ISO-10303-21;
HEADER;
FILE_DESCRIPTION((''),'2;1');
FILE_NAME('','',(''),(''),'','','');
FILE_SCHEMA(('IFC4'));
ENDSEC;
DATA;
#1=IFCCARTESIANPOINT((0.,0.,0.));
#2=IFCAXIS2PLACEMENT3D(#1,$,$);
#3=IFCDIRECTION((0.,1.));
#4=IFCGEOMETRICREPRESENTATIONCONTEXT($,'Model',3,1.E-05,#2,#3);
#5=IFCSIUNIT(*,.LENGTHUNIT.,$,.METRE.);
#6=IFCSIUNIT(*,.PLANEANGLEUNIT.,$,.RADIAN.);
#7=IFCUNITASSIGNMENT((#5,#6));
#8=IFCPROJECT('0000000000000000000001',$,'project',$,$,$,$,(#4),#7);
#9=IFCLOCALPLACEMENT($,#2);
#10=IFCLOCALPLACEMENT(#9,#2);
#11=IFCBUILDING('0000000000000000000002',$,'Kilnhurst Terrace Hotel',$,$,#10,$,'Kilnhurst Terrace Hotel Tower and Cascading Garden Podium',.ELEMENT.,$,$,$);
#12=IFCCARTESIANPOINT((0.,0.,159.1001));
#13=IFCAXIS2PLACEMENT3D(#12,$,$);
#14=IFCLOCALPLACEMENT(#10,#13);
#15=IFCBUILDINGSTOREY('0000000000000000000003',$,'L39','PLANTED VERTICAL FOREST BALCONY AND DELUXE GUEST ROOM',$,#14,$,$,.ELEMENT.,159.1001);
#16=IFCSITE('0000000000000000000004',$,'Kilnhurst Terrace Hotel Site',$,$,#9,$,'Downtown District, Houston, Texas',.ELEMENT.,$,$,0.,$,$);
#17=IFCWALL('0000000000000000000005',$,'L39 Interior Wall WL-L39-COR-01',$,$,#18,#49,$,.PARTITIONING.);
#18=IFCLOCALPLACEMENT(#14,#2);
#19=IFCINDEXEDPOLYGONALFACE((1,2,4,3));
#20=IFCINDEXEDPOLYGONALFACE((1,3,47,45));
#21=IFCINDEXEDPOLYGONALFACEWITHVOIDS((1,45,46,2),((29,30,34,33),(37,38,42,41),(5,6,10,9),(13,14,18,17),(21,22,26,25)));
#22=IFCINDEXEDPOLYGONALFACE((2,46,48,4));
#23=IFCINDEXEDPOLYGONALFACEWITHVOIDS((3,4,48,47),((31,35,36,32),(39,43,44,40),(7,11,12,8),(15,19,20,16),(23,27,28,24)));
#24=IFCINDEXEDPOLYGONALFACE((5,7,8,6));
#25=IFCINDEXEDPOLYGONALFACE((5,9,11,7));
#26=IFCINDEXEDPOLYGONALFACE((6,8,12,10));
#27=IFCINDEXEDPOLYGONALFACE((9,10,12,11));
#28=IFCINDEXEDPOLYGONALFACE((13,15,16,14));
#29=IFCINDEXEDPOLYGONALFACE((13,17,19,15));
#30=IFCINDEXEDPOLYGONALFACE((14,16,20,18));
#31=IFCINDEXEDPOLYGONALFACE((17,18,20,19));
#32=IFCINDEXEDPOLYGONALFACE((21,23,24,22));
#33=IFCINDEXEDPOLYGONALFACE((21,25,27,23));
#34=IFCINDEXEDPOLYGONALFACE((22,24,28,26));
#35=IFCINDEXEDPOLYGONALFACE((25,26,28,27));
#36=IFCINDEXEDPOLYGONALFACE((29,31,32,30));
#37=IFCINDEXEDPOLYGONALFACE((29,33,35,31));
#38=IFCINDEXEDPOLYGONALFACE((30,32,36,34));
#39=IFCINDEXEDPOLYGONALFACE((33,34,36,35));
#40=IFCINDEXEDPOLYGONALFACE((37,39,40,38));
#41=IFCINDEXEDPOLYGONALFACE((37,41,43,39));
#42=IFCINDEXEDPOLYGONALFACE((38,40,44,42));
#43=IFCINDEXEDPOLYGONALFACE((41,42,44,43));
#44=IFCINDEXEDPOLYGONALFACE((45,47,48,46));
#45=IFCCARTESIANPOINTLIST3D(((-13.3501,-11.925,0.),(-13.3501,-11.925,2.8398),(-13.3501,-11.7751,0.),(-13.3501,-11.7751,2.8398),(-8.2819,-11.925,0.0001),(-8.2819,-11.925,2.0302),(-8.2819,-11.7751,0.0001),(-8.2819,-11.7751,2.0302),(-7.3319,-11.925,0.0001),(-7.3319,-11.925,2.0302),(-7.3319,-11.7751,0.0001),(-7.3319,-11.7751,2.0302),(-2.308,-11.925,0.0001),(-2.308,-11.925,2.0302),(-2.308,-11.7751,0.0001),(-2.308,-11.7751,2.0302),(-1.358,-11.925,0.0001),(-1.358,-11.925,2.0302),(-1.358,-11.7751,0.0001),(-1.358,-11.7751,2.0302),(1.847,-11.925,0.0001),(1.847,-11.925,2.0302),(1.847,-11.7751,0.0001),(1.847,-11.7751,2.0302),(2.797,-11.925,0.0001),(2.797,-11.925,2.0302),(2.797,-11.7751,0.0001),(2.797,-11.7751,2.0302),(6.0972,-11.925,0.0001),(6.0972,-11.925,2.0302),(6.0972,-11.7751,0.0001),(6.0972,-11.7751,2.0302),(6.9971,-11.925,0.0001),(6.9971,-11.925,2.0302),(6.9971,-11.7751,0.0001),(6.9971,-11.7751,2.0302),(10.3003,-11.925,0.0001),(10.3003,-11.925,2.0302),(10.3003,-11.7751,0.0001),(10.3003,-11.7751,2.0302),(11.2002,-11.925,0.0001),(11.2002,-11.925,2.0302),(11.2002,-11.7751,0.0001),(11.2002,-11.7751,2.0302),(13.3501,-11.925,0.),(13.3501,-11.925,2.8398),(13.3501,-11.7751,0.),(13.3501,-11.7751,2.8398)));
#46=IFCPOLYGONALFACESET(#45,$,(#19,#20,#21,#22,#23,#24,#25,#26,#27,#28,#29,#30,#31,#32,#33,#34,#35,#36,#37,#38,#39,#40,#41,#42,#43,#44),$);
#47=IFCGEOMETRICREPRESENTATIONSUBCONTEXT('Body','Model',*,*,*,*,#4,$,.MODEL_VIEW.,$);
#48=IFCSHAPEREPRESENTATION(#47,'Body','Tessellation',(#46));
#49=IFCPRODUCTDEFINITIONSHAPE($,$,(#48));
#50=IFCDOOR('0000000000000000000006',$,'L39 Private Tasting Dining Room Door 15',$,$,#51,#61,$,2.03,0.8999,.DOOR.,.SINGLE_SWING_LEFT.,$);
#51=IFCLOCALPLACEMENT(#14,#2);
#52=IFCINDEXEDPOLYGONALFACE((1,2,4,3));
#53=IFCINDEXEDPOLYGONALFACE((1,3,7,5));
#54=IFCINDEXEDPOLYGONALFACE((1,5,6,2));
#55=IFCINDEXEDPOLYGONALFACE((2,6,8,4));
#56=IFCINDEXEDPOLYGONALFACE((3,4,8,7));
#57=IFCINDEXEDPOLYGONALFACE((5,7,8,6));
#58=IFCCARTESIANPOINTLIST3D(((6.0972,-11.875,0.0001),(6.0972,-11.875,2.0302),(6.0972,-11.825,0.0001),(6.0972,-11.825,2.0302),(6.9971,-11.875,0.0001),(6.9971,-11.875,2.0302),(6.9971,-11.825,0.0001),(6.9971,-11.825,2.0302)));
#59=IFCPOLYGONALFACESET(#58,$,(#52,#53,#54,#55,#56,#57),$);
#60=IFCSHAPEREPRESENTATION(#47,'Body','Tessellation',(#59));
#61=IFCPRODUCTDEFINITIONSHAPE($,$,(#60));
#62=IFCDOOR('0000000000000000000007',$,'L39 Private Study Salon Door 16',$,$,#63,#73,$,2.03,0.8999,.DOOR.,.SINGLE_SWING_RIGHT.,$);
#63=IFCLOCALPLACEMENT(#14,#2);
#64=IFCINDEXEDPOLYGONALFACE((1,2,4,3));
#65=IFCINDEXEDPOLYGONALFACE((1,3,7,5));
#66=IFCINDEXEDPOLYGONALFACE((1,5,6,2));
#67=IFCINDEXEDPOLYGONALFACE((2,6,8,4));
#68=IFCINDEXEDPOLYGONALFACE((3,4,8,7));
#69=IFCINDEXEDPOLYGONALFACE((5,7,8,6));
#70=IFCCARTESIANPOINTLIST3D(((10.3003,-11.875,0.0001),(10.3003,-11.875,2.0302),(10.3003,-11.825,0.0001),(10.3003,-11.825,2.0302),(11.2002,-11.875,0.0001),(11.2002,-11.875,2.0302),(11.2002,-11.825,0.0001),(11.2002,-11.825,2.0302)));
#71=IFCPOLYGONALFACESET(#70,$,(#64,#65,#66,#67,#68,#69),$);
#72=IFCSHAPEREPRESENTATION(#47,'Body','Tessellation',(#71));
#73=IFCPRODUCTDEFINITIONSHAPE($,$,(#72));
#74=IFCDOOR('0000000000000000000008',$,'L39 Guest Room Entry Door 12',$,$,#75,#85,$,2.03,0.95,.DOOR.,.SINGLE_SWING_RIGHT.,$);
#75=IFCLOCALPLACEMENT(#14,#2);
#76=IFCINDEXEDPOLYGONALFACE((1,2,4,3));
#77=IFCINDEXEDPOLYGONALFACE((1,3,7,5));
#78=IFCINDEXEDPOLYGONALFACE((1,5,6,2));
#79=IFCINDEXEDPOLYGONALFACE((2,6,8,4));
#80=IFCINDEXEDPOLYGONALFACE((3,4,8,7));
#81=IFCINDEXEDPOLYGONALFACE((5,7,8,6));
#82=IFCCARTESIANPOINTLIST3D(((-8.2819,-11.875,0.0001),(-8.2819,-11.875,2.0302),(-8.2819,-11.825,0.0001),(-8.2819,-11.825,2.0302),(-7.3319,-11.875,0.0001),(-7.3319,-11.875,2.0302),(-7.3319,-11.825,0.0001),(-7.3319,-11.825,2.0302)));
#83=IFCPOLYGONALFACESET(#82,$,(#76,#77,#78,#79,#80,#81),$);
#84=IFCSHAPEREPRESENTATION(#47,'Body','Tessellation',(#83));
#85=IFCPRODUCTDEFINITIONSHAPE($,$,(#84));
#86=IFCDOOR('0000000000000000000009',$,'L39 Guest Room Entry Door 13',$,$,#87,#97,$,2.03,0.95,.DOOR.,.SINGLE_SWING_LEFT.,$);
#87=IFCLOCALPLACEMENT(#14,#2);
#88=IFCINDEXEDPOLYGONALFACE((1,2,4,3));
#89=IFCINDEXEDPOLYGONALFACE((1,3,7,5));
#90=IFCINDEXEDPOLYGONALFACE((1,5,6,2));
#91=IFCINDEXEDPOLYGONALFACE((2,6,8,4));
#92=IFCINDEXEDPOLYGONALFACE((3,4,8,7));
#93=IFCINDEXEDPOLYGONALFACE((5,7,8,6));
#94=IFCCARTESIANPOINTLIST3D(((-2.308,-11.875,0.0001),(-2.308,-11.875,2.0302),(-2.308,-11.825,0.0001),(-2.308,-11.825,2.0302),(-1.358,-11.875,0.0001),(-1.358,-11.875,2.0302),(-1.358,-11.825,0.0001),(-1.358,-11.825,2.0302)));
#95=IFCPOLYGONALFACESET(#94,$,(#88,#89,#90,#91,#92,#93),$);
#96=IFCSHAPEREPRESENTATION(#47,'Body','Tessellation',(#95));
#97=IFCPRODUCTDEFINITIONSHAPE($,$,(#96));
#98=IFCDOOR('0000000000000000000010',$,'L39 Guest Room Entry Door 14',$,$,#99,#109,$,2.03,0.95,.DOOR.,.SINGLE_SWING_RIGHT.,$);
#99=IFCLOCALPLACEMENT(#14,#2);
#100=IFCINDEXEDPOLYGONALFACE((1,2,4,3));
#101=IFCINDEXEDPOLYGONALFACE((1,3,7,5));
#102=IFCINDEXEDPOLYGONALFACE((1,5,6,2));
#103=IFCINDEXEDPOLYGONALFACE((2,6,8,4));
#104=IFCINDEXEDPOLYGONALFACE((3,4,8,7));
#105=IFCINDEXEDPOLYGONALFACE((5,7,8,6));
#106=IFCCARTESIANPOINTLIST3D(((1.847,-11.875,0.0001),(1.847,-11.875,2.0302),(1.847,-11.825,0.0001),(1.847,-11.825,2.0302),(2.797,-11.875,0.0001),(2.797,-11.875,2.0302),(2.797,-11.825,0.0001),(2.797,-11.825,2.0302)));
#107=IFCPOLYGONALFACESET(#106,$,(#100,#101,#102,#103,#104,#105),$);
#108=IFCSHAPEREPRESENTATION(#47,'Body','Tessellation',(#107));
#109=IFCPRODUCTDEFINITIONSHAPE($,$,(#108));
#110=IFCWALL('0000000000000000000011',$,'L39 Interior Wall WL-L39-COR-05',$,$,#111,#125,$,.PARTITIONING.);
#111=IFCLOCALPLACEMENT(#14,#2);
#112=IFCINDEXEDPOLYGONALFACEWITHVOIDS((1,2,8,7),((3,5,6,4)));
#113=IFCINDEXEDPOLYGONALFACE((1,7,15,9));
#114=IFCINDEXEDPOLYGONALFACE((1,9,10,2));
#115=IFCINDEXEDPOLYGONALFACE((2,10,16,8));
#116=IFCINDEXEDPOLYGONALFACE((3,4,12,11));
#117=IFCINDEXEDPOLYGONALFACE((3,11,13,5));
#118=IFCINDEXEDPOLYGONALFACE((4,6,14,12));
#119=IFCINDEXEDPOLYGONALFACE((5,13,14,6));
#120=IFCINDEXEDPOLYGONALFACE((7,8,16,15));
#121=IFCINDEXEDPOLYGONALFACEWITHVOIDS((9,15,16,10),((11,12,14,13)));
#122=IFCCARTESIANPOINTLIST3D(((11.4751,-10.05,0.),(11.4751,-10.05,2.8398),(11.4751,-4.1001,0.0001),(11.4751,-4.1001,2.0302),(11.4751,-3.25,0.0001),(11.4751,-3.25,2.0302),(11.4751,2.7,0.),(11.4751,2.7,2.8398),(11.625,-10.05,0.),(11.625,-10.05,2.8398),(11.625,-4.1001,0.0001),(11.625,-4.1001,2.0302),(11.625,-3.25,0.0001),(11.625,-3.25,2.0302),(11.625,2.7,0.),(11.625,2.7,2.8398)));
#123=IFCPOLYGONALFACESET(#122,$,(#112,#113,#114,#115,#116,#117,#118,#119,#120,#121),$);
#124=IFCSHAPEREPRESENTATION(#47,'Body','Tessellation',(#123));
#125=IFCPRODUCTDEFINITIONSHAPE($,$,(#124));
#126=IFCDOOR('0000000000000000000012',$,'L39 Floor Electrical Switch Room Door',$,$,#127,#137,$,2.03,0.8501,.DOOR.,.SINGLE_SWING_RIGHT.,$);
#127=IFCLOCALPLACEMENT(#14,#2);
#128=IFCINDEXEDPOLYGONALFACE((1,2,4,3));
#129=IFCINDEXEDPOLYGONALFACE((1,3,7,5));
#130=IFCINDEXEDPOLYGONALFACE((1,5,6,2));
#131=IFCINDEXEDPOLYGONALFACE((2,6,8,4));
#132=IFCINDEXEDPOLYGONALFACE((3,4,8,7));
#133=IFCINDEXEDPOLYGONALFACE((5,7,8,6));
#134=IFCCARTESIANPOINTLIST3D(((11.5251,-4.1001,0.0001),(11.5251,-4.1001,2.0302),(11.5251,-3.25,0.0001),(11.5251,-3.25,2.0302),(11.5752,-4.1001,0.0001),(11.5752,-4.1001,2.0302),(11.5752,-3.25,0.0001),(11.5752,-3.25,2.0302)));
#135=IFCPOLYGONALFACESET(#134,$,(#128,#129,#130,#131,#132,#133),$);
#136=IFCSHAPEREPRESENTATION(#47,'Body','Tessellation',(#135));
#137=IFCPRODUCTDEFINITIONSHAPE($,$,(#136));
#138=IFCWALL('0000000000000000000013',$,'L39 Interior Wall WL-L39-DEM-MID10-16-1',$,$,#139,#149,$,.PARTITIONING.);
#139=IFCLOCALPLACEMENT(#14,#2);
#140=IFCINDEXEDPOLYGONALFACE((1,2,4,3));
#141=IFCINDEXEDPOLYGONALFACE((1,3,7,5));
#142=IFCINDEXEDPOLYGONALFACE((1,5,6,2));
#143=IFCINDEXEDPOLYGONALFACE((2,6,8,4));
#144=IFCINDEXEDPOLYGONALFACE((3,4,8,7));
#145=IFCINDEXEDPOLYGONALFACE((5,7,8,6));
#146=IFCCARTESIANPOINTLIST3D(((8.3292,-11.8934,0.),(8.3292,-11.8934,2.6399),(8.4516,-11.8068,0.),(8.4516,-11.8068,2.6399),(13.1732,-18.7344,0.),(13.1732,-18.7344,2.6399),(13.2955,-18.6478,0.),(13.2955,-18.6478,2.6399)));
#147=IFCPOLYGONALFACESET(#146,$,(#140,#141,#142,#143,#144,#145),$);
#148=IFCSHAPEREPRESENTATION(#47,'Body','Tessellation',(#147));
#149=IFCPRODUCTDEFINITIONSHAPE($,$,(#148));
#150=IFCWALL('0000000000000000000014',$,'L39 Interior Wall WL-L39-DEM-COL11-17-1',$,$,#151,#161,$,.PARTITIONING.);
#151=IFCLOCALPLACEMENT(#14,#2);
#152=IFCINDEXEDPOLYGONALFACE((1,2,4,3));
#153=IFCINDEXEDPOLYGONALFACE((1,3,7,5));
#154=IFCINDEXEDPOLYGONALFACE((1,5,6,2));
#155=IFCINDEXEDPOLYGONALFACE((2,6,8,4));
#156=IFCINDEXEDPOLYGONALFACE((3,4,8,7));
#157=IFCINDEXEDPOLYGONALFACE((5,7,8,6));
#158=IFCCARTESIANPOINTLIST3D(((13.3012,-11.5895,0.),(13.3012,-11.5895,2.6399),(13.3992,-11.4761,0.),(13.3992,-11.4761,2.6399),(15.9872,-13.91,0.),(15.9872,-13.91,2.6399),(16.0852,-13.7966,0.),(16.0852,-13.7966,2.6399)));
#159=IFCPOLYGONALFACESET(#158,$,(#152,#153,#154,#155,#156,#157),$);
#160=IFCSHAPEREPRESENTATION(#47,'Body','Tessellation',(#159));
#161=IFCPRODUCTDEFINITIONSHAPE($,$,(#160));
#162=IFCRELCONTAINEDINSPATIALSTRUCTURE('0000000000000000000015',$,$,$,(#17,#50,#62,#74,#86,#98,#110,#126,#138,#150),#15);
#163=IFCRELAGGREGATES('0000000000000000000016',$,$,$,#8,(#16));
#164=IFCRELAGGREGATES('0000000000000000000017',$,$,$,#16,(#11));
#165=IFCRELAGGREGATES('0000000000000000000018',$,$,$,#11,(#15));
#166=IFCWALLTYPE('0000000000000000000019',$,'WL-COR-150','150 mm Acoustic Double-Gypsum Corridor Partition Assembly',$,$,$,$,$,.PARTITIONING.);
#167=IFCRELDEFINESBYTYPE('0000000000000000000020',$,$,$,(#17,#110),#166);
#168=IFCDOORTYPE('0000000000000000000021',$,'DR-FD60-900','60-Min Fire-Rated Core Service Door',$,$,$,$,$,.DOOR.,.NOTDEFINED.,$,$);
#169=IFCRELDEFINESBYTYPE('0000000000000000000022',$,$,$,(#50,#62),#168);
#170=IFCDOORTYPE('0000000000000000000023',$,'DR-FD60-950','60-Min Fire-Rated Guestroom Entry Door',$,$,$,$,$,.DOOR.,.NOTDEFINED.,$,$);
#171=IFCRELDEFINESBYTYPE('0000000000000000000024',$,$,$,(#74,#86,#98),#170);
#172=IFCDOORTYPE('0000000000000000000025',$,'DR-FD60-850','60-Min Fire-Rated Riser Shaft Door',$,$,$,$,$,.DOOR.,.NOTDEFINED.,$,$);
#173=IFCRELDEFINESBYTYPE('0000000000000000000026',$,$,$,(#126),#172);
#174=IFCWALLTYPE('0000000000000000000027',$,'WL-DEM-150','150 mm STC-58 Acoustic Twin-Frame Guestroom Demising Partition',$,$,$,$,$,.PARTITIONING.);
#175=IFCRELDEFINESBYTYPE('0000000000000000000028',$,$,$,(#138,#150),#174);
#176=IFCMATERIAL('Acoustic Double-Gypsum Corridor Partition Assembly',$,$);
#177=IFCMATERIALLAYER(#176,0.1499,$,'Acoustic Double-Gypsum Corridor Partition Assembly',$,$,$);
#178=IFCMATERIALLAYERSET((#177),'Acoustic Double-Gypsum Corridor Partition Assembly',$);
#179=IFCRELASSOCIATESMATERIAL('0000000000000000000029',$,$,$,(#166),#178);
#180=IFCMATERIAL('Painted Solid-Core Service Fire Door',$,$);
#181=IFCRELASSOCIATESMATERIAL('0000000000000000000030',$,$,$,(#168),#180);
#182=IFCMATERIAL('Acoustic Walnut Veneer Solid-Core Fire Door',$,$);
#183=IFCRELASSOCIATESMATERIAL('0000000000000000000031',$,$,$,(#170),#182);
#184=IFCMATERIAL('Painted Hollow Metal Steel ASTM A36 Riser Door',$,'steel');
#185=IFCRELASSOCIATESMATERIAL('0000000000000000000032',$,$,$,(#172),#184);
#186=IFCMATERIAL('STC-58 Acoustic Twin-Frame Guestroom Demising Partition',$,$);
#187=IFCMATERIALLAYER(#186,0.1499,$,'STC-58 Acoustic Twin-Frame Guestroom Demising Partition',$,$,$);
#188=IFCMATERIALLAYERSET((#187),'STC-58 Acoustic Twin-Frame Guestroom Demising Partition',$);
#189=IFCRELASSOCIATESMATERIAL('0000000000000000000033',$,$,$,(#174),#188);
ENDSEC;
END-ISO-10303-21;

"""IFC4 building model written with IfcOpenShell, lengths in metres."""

from ifc_helpers import new_model, si_unit, direction, frame, frame_2d, origin, place, context, subcontext, project, spatial, rectangle, extrude, material, layer, layer_set, type_object, element, fill, save


model = new_model("IFC4")

# Units and contexts
model_context = context("Model", 3, precision=1e-05, world=origin(), true_north=direction((0.0, 1.0)))
body_context = subcontext(model_context, "Body", "Model", "MODEL_VIEW")
ifc_project = project(units=[si_unit("LENGTHUNIT", "METRE"), si_unit("PLANEANGLEUNIT", "RADIAN")], contexts=[model_context])

# Site, building, storey
site_placement = place(None, origin())
site = spatial("IfcSite", under=ifc_project, at=site_placement, Name="Kilnhurst Terrace Hotel Site", LongName="Downtown District, Houston, Texas", CompositionType="ELEMENT", RefElevation=0.0)
building_placement = place(site_placement, origin())
building = spatial("IfcBuilding", under=site, at=building_placement, Name="Kilnhurst Terrace Hotel", LongName="Kilnhurst Terrace Hotel Tower and Cascading Garden Podium", CompositionType="ELEMENT")
storey_placement = place(building_placement, frame((0.0, 0.0, 159.1001)))
storey = spatial("IfcBuildingStorey", under=building, at=storey_placement, Name="L39", Description="PLANTED VERTICAL FOREST BALCONY AND DELUXE GUEST ROOM", CompositionType="ELEMENT", Elevation=159.1001)

# Wall, openings, doors
ifc_material_1 = material(Name="Acoustic Double-Gypsum Corridor Partition Assembly")
ifc_layer_1 = layer(ifc_material_1, 0.1499, Name="Acoustic Double-Gypsum Corridor Partition Assembly")
ifc_layer_set_1 = layer_set([ifc_layer_1], Name="Acoustic Double-Gypsum Corridor Partition Assembly")
wall_type_1 = type_object("IfcWallType", Name="WL-COR-150", Description="150 mm Acoustic Double-Gypsum Corridor Partition Assembly", PredefinedType="PARTITIONING", material=ifc_layer_set_1)
wall_1_placement = place(storey_placement, frame((13.3501, -11.8501, 0.0), z_axis=(0.0, 0.0, 1.0), x_axis=(-1.0, 0.0, 0.0)))
wall_1 = element("IfcWall", 1, at=wall_1_placement, inside=storey, type_object=wall_type_1, Name="L39 Interior Wall WL-L39-COR-01", PredefinedType="PARTITIONING", context=body_context, shape_type="SweptSolid", body=[
    extrude(rectangle(XDim=26.7002, YDim=0.1499, at=frame_2d((13.3501, 0.0))), origin(), (0.0, 0.0, 1.0), 2.8398),
])
opening_1_placement = place(wall_1_placement, frame((20.6819, 0.0, 0.0)))
opening_1 = element("IfcOpeningElement", 2, at=opening_1_placement, cuts=wall_1, PredefinedType="OPENING", context=body_context, shape_type="SweptSolid", body=[
    extrude(rectangle(XDim=0.95, YDim=2.03, at=frame_2d((0.4751, 1.0151))), frame((0.0, 0.085, 0.0), z_axis=(0.0, -1.0, 0.0), x_axis=(1.0, 0.0, 0.0)), (0.0, 0.0, 1.0), 0.1699),
])
opening_2_placement = place(wall_1_placement, frame((14.708, 0.0, 0.0)))
opening_2 = element("IfcOpeningElement", 3, at=opening_2_placement, cuts=wall_1, PredefinedType="OPENING", context=body_context, shape_type="SweptSolid", body=[
    extrude(rectangle(XDim=0.95, YDim=2.03, at=frame_2d((0.4751, 1.0151))), frame((0.0, 0.085, 0.0), z_axis=(0.0, -1.0, 0.0), x_axis=(1.0, 0.0, 0.0)), (0.0, 0.0, 1.0), 0.1699),
])
opening_3_placement = place(wall_1_placement, frame((10.553, 0.0, 0.0)))
opening_3 = element("IfcOpeningElement", 4, at=opening_3_placement, cuts=wall_1, PredefinedType="OPENING", context=body_context, shape_type="SweptSolid", body=[
    extrude(rectangle(XDim=0.95, YDim=2.03, at=frame_2d((0.4751, 1.0151))), frame((0.0, 0.085, 0.0), z_axis=(0.0, -1.0, 0.0), x_axis=(1.0, 0.0, 0.0)), (0.0, 0.0, 1.0), 0.1699),
])
opening_4_placement = place(wall_1_placement, frame((6.353, 0.0, 0.0)))
opening_4 = element("IfcOpeningElement", 5, at=opening_4_placement, cuts=wall_1, PredefinedType="OPENING", context=body_context, shape_type="SweptSolid", body=[
    extrude(rectangle(XDim=0.8999, YDim=2.03, at=frame_2d((0.45, 1.0151))), frame((0.0, 0.085, 0.0), z_axis=(0.0, -1.0, 0.0), x_axis=(1.0, 0.0, 0.0)), (0.0, 0.0, 1.0), 0.1699),
])
opening_5_placement = place(wall_1_placement, frame((2.1499, 0.0, 0.0)))
opening_5 = element("IfcOpeningElement", 6, at=opening_5_placement, cuts=wall_1, PredefinedType="OPENING", context=body_context, shape_type="SweptSolid", body=[
    extrude(rectangle(XDim=0.8999, YDim=2.03, at=frame_2d((0.45, 1.0151))), frame((0.0, 0.085, 0.0), z_axis=(0.0, -1.0, 0.0), x_axis=(1.0, 0.0, 0.0)), (0.0, 0.0, 1.0), 0.1699),
])
ifc_material_2 = material(Name="Painted Solid-Core Service Fire Door")
door_type_1 = type_object("IfcDoorType", Name="DR-FD60-900", Description="60-Min Fire-Rated Core Service Door", OperationType="NOTDEFINED", PredefinedType="DOOR", material=ifc_material_2)
door_1_placement = place(opening_4_placement, origin())
door_1 = element("IfcDoor", 7, at=door_1_placement, inside=storey, type_object=door_type_1, Name="L39 Private Tasting Dining Room Door 15", OperationType="SINGLE_SWING_LEFT", OverallHeight=2.03, OverallWidth=0.8999, PredefinedType="DOOR", context=body_context, shape_type="SweptSolid", body=[
    extrude(rectangle(XDim=0.8999, YDim=2.03, at=frame_2d((0.45, 1.0151))), frame((0.0, 0.0249, 0.0), z_axis=(0.0, -1.0, 0.0), x_axis=(1.0, 0.0, 0.0)), (0.0, 0.0, 1.0), 0.05),
])
fill(opening_4, door_1)
door_2_placement = place(opening_5_placement, origin())
door_2 = element("IfcDoor", 8, at=door_2_placement, inside=storey, type_object=door_type_1, Name="L39 Private Study Salon Door 16", OperationType="SINGLE_SWING_RIGHT", OverallHeight=2.03, OverallWidth=0.8999, PredefinedType="DOOR", context=body_context, shape_type="SweptSolid", body=[
    extrude(rectangle(XDim=0.8999, YDim=2.03, at=frame_2d((0.45, 1.0151))), frame((0.0, 0.0249, 0.0), z_axis=(0.0, -1.0, 0.0), x_axis=(1.0, 0.0, 0.0)), (0.0, 0.0, 1.0), 0.05),
])
fill(opening_5, door_2)
ifc_material_3 = material(Name="Acoustic Walnut Veneer Solid-Core Fire Door")
door_type_2 = type_object("IfcDoorType", Name="DR-FD60-950", Description="60-Min Fire-Rated Guestroom Entry Door", OperationType="NOTDEFINED", PredefinedType="DOOR", material=ifc_material_3)
door_3_placement = place(opening_1_placement, origin())
door_3 = element("IfcDoor", 9, at=door_3_placement, inside=storey, type_object=door_type_2, Name="L39 Guest Room Entry Door 12", OperationType="SINGLE_SWING_RIGHT", OverallHeight=2.03, OverallWidth=0.95, PredefinedType="DOOR", context=body_context, shape_type="SweptSolid", body=[
    extrude(rectangle(XDim=0.95, YDim=2.03, at=frame_2d((0.4751, 1.0151))), frame((0.0, 0.0249, 0.0), z_axis=(0.0, -1.0, 0.0), x_axis=(1.0, 0.0, 0.0)), (0.0, 0.0, 1.0), 0.05),
])
fill(opening_1, door_3)
door_4_placement = place(opening_2_placement, origin())
door_4 = element("IfcDoor", 10, at=door_4_placement, inside=storey, type_object=door_type_2, Name="L39 Guest Room Entry Door 13", OperationType="SINGLE_SWING_LEFT", OverallHeight=2.03, OverallWidth=0.95, PredefinedType="DOOR", context=body_context, shape_type="SweptSolid", body=[
    extrude(rectangle(XDim=0.95, YDim=2.03, at=frame_2d((0.4751, 1.0151))), frame((0.0, 0.0249, 0.0), z_axis=(0.0, -1.0, 0.0), x_axis=(1.0, 0.0, 0.0)), (0.0, 0.0, 1.0), 0.05),
])
fill(opening_2, door_4)
door_5_placement = place(opening_3_placement, origin())
door_5 = element("IfcDoor", 11, at=door_5_placement, inside=storey, type_object=door_type_2, Name="L39 Guest Room Entry Door 14", OperationType="SINGLE_SWING_RIGHT", OverallHeight=2.03, OverallWidth=0.95, PredefinedType="DOOR", context=body_context, shape_type="SweptSolid", body=[
    extrude(rectangle(XDim=0.95, YDim=2.03, at=frame_2d((0.4751, 1.0151))), frame((0.0, 0.0249, 0.0), z_axis=(0.0, -1.0, 0.0), x_axis=(1.0, 0.0, 0.0)), (0.0, 0.0, 1.0), 0.05),
])
fill(opening_3, door_5)

# Wall, opening, door
wall_2_placement = place(storey_placement, frame((11.55, -10.05, 0.0), z_axis=(0.0, 0.0, 1.0), x_axis=(0.0, 1.0, 0.0)))
wall_2 = element("IfcWall", 12, at=wall_2_placement, inside=storey, type_object=wall_type_1, Name="L39 Interior Wall WL-L39-COR-05", PredefinedType="PARTITIONING", context=body_context, shape_type="SweptSolid", body=[
    extrude(rectangle(XDim=12.75, YDim=0.1499, at=frame_2d((6.375, 0.0))), origin(), (0.0, 0.0, 1.0), 2.8398),
])
opening_6_placement = place(wall_2_placement, frame((5.95, 0.0, 0.0)))
opening_6 = element("IfcOpeningElement", 13, at=opening_6_placement, cuts=wall_2, PredefinedType="OPENING", context=body_context, shape_type="SweptSolid", body=[
    extrude(rectangle(XDim=0.8501, YDim=2.03, at=frame_2d((0.425, 1.0151))), frame((0.0, 0.085, 0.0), z_axis=(0.0, -1.0, 0.0), x_axis=(1.0, 0.0, 0.0)), (0.0, 0.0, 1.0), 0.1699),
])
ifc_material_4 = material(Name="Painted Hollow Metal Steel ASTM A36 Riser Door", Category="steel")
door_type_3 = type_object("IfcDoorType", Name="DR-FD60-850", Description="60-Min Fire-Rated Riser Shaft Door", OperationType="NOTDEFINED", PredefinedType="DOOR", material=ifc_material_4)
door_6_placement = place(opening_6_placement, origin())
door_6 = element("IfcDoor", 14, at=door_6_placement, inside=storey, type_object=door_type_3, Name="L39 Floor Electrical Switch Room Door", OperationType="SINGLE_SWING_RIGHT", OverallHeight=2.03, OverallWidth=0.8501, PredefinedType="DOOR", context=body_context, shape_type="SweptSolid", body=[
    extrude(rectangle(XDim=0.8501, YDim=2.03, at=frame_2d((0.425, 1.0151))), frame((0.0, 0.0249, 0.0), z_axis=(0.0, -1.0, 0.0), x_axis=(1.0, 0.0, 0.0)), (0.0, 0.0, 1.0), 0.05),
])
fill(opening_6, door_6)

# Walls
ifc_material_5 = material(Name="STC-58 Acoustic Twin-Frame Guestroom Demising Partition")
ifc_layer_2 = layer(ifc_material_5, 0.1499, Name="STC-58 Acoustic Twin-Frame Guestroom Demising Partition")
ifc_layer_set_2 = layer_set([ifc_layer_2], Name="STC-58 Acoustic Twin-Frame Guestroom Demising Partition")
wall_type_2 = type_object("IfcWallType", Name="WL-DEM-150", Description="150 mm STC-58 Acoustic Twin-Frame Guestroom Demising Partition", PredefinedType="PARTITIONING", material=ifc_layer_set_2)
wall_3_placement = place(storey_placement, frame((8.3904, -11.8501, 0.0), z_axis=(0.0, 0.0, 1.0), x_axis=(0.577878, -0.816123, 0.0)))
element("IfcWall", 15, at=wall_3_placement, inside=storey, type_object=wall_type_2, Name="L39 Interior Wall WL-L39-DEM-MID10-16-1", PredefinedType="PARTITIONING", context=body_context, shape_type="SweptSolid", body=[
    extrude(rectangle(XDim=8.3823, YDim=0.1499, at=frame_2d((4.1912, 0.0))), origin(), (0.0, 0.0, 1.0), 2.6399),
])
wall_4_placement = place(storey_placement, frame((13.3501, -11.5327, 0.0), z_axis=(0.0, 0.0, 1.0), x_axis=(0.756712, -0.653749, 0.0)))
element("IfcWall", 16, at=wall_4_placement, inside=storey, type_object=wall_type_2, Name="L39 Interior Wall WL-L39-DEM-COL11-17-1", PredefinedType="PARTITIONING", context=body_context, shape_type="SweptSolid", body=[
    extrude(rectangle(XDim=3.5496, YDim=0.1499, at=frame_2d((1.7749, 0.0))), origin(), (0.0, 0.0, 1.0), 2.6399),
])

save(model, "model.ifc")
